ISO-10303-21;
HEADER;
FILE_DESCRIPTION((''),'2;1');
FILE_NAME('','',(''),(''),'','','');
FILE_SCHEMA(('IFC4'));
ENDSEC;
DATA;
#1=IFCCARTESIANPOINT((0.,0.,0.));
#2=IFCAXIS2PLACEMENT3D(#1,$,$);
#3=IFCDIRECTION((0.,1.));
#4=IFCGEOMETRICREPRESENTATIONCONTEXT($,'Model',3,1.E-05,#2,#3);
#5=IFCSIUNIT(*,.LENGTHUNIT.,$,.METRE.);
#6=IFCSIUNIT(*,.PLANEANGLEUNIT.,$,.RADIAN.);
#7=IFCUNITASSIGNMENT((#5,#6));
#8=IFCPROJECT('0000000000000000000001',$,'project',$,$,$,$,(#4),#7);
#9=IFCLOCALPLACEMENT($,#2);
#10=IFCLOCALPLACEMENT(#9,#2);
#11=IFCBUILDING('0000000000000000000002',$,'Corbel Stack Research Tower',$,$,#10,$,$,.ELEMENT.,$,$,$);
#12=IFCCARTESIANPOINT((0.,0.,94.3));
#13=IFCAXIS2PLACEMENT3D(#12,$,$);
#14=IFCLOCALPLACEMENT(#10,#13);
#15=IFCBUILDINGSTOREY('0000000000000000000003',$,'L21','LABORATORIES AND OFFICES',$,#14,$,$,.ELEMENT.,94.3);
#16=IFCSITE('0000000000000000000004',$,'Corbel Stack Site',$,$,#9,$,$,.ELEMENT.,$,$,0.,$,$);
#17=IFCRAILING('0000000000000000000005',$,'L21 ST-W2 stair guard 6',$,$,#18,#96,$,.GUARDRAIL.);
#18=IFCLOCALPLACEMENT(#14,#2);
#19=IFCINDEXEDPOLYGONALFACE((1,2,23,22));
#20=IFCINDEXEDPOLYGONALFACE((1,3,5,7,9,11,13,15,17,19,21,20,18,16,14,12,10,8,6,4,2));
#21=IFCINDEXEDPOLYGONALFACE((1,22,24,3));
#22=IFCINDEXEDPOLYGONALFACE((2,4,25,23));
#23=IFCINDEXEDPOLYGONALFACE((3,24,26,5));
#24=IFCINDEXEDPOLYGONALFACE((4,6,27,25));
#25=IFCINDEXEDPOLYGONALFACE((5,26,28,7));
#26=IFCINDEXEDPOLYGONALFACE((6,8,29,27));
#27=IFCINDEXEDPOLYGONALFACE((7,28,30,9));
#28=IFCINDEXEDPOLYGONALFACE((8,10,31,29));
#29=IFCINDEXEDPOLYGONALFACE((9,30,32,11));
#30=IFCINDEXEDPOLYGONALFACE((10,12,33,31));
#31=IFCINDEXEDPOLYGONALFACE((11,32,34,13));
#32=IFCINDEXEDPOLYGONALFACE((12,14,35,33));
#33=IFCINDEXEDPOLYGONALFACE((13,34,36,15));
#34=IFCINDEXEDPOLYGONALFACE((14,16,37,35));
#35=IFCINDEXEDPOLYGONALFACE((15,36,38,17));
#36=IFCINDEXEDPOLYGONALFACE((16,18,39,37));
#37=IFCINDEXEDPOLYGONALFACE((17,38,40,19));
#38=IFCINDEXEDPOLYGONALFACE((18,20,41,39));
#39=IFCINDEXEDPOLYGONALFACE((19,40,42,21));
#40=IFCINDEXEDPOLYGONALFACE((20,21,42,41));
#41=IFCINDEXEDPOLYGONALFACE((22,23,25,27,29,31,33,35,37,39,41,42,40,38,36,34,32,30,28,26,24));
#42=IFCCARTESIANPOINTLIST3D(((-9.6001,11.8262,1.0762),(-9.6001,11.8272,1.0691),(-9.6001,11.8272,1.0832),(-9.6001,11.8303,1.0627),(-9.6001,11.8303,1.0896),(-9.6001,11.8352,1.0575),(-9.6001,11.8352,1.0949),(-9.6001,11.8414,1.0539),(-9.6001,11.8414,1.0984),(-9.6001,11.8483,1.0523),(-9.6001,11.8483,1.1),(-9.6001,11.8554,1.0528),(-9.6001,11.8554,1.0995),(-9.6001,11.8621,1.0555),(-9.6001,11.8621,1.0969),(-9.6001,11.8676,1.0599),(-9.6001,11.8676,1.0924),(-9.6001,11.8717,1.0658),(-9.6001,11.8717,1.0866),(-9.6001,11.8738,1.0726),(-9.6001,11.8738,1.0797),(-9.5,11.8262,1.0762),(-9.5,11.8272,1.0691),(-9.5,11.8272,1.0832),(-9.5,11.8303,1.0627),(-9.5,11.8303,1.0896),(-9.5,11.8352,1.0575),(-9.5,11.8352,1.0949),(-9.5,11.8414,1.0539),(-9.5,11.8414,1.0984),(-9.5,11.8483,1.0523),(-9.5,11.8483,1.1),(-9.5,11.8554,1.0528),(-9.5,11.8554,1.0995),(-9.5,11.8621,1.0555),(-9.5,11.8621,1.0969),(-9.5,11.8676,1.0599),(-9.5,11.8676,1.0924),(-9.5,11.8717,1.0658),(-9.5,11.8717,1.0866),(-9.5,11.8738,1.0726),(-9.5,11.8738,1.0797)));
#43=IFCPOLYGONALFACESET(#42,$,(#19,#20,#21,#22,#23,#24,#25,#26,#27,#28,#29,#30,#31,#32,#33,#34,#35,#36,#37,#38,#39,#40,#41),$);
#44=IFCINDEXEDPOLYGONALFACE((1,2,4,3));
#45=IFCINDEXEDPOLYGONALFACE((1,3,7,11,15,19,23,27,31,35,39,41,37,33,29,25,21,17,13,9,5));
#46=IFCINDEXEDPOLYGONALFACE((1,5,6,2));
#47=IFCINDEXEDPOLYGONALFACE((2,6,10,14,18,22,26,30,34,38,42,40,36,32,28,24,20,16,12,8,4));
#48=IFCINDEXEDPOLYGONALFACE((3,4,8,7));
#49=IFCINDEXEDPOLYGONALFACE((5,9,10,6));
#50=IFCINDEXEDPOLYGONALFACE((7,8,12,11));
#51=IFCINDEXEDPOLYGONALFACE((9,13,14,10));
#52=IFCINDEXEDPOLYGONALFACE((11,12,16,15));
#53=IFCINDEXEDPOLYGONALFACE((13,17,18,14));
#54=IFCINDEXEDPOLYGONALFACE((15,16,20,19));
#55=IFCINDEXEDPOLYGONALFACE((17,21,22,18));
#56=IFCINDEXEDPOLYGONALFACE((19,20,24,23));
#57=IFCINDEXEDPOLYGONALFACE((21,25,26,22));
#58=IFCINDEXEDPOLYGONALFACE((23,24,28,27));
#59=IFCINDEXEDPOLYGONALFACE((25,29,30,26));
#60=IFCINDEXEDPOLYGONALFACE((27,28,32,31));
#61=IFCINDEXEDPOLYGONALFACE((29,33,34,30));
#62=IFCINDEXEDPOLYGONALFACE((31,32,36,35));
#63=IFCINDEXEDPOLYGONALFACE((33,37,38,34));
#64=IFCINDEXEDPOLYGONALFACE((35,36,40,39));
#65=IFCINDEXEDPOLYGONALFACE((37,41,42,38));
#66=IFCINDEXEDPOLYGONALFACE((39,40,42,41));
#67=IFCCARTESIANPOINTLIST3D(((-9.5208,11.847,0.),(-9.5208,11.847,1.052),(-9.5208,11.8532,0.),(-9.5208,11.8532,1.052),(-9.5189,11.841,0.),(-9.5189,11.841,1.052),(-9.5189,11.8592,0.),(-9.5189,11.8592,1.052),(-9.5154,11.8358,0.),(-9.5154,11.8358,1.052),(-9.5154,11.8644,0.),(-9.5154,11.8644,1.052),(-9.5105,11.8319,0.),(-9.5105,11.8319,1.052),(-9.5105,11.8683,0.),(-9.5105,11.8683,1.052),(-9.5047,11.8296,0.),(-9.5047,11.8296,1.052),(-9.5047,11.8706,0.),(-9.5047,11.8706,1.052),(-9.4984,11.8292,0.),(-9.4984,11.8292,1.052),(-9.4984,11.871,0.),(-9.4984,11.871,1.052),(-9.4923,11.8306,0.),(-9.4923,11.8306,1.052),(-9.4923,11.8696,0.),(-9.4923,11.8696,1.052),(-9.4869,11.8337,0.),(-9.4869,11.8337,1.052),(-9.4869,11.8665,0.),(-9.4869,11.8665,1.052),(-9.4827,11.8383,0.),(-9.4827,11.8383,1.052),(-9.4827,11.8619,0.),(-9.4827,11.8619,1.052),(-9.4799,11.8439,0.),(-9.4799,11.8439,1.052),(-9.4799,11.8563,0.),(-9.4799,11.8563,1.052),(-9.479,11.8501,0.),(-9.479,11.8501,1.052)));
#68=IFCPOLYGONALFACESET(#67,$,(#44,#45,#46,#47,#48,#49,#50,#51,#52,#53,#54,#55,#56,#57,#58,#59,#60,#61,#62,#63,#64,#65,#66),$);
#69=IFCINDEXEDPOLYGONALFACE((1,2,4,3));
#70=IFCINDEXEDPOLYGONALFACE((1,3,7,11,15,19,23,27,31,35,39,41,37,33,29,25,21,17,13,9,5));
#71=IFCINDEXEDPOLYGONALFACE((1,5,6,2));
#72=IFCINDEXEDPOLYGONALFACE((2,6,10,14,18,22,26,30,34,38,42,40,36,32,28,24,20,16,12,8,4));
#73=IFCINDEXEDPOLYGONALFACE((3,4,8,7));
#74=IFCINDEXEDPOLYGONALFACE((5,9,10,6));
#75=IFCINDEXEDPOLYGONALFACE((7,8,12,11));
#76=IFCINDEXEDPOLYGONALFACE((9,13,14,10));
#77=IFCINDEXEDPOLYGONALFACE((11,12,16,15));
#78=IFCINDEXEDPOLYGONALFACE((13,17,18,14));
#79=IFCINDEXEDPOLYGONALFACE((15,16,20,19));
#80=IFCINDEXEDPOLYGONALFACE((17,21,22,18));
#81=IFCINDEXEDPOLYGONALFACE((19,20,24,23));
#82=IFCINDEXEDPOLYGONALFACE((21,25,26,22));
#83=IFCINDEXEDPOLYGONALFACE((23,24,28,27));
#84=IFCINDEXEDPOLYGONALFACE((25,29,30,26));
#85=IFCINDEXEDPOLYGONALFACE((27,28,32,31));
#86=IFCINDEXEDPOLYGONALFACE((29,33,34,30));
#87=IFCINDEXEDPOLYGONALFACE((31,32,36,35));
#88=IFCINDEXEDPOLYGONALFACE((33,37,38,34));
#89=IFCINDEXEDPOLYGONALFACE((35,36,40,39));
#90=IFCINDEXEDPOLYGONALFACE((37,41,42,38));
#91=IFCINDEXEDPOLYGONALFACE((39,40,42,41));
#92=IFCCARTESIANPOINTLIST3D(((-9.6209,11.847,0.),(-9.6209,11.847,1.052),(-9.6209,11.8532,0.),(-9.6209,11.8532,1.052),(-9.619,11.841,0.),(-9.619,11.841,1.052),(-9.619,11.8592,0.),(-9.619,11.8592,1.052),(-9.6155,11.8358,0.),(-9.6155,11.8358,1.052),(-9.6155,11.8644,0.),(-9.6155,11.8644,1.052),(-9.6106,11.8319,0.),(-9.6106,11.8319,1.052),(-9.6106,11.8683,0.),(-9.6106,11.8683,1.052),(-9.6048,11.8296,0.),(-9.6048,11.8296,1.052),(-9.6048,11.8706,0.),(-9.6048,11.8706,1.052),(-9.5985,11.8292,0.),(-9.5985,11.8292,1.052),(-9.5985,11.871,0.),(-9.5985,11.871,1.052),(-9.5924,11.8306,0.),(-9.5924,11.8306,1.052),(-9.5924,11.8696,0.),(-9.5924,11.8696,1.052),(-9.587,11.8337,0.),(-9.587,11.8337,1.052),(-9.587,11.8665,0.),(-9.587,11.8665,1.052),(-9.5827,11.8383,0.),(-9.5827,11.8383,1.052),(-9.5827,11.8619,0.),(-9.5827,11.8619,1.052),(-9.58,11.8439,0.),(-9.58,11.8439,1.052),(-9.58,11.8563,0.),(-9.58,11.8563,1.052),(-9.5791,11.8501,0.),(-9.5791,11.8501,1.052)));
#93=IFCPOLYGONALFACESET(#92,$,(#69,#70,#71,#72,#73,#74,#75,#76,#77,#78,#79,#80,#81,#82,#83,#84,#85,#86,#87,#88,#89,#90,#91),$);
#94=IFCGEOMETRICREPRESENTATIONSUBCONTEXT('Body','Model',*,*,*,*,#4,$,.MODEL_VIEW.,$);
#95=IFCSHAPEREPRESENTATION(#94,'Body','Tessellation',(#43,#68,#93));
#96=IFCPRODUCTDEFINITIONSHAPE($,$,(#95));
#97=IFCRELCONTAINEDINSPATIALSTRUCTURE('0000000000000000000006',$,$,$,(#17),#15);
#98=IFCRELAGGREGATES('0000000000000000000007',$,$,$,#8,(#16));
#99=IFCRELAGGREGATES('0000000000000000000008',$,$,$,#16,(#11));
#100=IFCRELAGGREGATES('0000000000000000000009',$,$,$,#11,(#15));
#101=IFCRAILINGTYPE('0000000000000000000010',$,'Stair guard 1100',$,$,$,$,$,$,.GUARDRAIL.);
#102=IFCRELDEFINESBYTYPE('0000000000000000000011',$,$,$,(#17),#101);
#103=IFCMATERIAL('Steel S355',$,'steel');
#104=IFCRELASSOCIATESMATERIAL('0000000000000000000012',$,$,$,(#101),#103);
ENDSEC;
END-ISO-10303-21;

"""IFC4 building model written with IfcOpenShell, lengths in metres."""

from ifc_helpers import new_model, si_unit, direction, frame, origin, origin_2d, place, context, subcontext, project, spatial, circle, extrude, material, type_object, element, save


model = new_model("IFC4")

# Units and contexts
model_context = context("Model", 3, precision=1e-05, world=origin(), true_north=direction((0.0, 1.0)))
body_context = subcontext(model_context, "Body", "Model", "MODEL_VIEW")
ifc_project = project(units=[si_unit("LENGTHUNIT", "METRE"), si_unit("PLANEANGLEUNIT", "RADIAN")], contexts=[model_context])

# Site, building, storey
site_placement = place(None, origin())
site = spatial("IfcSite", under=ifc_project, at=site_placement, Name="Corbel Stack Site", CompositionType="ELEMENT", RefElevation=0.0)
building_placement = place(site_placement, origin())
building = spatial("IfcBuilding", under=site, at=building_placement, Name="Corbel Stack Research Tower", CompositionType="ELEMENT")
storey_placement = place(building_placement, frame((0.0, 0.0, 94.3)))
storey = spatial("IfcBuildingStorey", under=building, at=storey_placement, Name="L21", Description="LABORATORIES AND OFFICES", CompositionType="ELEMENT", Elevation=94.3)

# Railing
ifc_material_1 = material(Name="Steel S355", Category="steel")
railing_type_1 = type_object("IfcRailingType", Name="Stair guard 1100", PredefinedType="GUARDRAIL", material=ifc_material_1)
railing_1_placement = place(storey_placement, frame((-9.5, 11.8501, 0.0)))
element("IfcRailing", 1, at=railing_1_placement, inside=storey, type_object=railing_type_1, Name="L21 ST-W2 stair guard 6", PredefinedType="GUARDRAIL", context=body_context, shape_type="SweptSolid", body=[
    extrude(circle(Radius=0.0239, at=origin_2d()), frame((0.0, 0.0, 1.0762), z_axis=(-1.0, 0.0, 0.0), x_axis=(0.0, -1.0, 0.0)), (0.0, 0.0, 1.0), 0.1001),
    extrude(circle(Radius=0.021, at=origin_2d()), origin(), (0.0, 0.0, 1.0), 1.052),
    extrude(circle(Radius=0.021, at=origin_2d()), frame((-0.1001, 0.0, 0.0)), (0.0, 0.0, 1.0), 1.052),
])

save(model, "model.ifc")
